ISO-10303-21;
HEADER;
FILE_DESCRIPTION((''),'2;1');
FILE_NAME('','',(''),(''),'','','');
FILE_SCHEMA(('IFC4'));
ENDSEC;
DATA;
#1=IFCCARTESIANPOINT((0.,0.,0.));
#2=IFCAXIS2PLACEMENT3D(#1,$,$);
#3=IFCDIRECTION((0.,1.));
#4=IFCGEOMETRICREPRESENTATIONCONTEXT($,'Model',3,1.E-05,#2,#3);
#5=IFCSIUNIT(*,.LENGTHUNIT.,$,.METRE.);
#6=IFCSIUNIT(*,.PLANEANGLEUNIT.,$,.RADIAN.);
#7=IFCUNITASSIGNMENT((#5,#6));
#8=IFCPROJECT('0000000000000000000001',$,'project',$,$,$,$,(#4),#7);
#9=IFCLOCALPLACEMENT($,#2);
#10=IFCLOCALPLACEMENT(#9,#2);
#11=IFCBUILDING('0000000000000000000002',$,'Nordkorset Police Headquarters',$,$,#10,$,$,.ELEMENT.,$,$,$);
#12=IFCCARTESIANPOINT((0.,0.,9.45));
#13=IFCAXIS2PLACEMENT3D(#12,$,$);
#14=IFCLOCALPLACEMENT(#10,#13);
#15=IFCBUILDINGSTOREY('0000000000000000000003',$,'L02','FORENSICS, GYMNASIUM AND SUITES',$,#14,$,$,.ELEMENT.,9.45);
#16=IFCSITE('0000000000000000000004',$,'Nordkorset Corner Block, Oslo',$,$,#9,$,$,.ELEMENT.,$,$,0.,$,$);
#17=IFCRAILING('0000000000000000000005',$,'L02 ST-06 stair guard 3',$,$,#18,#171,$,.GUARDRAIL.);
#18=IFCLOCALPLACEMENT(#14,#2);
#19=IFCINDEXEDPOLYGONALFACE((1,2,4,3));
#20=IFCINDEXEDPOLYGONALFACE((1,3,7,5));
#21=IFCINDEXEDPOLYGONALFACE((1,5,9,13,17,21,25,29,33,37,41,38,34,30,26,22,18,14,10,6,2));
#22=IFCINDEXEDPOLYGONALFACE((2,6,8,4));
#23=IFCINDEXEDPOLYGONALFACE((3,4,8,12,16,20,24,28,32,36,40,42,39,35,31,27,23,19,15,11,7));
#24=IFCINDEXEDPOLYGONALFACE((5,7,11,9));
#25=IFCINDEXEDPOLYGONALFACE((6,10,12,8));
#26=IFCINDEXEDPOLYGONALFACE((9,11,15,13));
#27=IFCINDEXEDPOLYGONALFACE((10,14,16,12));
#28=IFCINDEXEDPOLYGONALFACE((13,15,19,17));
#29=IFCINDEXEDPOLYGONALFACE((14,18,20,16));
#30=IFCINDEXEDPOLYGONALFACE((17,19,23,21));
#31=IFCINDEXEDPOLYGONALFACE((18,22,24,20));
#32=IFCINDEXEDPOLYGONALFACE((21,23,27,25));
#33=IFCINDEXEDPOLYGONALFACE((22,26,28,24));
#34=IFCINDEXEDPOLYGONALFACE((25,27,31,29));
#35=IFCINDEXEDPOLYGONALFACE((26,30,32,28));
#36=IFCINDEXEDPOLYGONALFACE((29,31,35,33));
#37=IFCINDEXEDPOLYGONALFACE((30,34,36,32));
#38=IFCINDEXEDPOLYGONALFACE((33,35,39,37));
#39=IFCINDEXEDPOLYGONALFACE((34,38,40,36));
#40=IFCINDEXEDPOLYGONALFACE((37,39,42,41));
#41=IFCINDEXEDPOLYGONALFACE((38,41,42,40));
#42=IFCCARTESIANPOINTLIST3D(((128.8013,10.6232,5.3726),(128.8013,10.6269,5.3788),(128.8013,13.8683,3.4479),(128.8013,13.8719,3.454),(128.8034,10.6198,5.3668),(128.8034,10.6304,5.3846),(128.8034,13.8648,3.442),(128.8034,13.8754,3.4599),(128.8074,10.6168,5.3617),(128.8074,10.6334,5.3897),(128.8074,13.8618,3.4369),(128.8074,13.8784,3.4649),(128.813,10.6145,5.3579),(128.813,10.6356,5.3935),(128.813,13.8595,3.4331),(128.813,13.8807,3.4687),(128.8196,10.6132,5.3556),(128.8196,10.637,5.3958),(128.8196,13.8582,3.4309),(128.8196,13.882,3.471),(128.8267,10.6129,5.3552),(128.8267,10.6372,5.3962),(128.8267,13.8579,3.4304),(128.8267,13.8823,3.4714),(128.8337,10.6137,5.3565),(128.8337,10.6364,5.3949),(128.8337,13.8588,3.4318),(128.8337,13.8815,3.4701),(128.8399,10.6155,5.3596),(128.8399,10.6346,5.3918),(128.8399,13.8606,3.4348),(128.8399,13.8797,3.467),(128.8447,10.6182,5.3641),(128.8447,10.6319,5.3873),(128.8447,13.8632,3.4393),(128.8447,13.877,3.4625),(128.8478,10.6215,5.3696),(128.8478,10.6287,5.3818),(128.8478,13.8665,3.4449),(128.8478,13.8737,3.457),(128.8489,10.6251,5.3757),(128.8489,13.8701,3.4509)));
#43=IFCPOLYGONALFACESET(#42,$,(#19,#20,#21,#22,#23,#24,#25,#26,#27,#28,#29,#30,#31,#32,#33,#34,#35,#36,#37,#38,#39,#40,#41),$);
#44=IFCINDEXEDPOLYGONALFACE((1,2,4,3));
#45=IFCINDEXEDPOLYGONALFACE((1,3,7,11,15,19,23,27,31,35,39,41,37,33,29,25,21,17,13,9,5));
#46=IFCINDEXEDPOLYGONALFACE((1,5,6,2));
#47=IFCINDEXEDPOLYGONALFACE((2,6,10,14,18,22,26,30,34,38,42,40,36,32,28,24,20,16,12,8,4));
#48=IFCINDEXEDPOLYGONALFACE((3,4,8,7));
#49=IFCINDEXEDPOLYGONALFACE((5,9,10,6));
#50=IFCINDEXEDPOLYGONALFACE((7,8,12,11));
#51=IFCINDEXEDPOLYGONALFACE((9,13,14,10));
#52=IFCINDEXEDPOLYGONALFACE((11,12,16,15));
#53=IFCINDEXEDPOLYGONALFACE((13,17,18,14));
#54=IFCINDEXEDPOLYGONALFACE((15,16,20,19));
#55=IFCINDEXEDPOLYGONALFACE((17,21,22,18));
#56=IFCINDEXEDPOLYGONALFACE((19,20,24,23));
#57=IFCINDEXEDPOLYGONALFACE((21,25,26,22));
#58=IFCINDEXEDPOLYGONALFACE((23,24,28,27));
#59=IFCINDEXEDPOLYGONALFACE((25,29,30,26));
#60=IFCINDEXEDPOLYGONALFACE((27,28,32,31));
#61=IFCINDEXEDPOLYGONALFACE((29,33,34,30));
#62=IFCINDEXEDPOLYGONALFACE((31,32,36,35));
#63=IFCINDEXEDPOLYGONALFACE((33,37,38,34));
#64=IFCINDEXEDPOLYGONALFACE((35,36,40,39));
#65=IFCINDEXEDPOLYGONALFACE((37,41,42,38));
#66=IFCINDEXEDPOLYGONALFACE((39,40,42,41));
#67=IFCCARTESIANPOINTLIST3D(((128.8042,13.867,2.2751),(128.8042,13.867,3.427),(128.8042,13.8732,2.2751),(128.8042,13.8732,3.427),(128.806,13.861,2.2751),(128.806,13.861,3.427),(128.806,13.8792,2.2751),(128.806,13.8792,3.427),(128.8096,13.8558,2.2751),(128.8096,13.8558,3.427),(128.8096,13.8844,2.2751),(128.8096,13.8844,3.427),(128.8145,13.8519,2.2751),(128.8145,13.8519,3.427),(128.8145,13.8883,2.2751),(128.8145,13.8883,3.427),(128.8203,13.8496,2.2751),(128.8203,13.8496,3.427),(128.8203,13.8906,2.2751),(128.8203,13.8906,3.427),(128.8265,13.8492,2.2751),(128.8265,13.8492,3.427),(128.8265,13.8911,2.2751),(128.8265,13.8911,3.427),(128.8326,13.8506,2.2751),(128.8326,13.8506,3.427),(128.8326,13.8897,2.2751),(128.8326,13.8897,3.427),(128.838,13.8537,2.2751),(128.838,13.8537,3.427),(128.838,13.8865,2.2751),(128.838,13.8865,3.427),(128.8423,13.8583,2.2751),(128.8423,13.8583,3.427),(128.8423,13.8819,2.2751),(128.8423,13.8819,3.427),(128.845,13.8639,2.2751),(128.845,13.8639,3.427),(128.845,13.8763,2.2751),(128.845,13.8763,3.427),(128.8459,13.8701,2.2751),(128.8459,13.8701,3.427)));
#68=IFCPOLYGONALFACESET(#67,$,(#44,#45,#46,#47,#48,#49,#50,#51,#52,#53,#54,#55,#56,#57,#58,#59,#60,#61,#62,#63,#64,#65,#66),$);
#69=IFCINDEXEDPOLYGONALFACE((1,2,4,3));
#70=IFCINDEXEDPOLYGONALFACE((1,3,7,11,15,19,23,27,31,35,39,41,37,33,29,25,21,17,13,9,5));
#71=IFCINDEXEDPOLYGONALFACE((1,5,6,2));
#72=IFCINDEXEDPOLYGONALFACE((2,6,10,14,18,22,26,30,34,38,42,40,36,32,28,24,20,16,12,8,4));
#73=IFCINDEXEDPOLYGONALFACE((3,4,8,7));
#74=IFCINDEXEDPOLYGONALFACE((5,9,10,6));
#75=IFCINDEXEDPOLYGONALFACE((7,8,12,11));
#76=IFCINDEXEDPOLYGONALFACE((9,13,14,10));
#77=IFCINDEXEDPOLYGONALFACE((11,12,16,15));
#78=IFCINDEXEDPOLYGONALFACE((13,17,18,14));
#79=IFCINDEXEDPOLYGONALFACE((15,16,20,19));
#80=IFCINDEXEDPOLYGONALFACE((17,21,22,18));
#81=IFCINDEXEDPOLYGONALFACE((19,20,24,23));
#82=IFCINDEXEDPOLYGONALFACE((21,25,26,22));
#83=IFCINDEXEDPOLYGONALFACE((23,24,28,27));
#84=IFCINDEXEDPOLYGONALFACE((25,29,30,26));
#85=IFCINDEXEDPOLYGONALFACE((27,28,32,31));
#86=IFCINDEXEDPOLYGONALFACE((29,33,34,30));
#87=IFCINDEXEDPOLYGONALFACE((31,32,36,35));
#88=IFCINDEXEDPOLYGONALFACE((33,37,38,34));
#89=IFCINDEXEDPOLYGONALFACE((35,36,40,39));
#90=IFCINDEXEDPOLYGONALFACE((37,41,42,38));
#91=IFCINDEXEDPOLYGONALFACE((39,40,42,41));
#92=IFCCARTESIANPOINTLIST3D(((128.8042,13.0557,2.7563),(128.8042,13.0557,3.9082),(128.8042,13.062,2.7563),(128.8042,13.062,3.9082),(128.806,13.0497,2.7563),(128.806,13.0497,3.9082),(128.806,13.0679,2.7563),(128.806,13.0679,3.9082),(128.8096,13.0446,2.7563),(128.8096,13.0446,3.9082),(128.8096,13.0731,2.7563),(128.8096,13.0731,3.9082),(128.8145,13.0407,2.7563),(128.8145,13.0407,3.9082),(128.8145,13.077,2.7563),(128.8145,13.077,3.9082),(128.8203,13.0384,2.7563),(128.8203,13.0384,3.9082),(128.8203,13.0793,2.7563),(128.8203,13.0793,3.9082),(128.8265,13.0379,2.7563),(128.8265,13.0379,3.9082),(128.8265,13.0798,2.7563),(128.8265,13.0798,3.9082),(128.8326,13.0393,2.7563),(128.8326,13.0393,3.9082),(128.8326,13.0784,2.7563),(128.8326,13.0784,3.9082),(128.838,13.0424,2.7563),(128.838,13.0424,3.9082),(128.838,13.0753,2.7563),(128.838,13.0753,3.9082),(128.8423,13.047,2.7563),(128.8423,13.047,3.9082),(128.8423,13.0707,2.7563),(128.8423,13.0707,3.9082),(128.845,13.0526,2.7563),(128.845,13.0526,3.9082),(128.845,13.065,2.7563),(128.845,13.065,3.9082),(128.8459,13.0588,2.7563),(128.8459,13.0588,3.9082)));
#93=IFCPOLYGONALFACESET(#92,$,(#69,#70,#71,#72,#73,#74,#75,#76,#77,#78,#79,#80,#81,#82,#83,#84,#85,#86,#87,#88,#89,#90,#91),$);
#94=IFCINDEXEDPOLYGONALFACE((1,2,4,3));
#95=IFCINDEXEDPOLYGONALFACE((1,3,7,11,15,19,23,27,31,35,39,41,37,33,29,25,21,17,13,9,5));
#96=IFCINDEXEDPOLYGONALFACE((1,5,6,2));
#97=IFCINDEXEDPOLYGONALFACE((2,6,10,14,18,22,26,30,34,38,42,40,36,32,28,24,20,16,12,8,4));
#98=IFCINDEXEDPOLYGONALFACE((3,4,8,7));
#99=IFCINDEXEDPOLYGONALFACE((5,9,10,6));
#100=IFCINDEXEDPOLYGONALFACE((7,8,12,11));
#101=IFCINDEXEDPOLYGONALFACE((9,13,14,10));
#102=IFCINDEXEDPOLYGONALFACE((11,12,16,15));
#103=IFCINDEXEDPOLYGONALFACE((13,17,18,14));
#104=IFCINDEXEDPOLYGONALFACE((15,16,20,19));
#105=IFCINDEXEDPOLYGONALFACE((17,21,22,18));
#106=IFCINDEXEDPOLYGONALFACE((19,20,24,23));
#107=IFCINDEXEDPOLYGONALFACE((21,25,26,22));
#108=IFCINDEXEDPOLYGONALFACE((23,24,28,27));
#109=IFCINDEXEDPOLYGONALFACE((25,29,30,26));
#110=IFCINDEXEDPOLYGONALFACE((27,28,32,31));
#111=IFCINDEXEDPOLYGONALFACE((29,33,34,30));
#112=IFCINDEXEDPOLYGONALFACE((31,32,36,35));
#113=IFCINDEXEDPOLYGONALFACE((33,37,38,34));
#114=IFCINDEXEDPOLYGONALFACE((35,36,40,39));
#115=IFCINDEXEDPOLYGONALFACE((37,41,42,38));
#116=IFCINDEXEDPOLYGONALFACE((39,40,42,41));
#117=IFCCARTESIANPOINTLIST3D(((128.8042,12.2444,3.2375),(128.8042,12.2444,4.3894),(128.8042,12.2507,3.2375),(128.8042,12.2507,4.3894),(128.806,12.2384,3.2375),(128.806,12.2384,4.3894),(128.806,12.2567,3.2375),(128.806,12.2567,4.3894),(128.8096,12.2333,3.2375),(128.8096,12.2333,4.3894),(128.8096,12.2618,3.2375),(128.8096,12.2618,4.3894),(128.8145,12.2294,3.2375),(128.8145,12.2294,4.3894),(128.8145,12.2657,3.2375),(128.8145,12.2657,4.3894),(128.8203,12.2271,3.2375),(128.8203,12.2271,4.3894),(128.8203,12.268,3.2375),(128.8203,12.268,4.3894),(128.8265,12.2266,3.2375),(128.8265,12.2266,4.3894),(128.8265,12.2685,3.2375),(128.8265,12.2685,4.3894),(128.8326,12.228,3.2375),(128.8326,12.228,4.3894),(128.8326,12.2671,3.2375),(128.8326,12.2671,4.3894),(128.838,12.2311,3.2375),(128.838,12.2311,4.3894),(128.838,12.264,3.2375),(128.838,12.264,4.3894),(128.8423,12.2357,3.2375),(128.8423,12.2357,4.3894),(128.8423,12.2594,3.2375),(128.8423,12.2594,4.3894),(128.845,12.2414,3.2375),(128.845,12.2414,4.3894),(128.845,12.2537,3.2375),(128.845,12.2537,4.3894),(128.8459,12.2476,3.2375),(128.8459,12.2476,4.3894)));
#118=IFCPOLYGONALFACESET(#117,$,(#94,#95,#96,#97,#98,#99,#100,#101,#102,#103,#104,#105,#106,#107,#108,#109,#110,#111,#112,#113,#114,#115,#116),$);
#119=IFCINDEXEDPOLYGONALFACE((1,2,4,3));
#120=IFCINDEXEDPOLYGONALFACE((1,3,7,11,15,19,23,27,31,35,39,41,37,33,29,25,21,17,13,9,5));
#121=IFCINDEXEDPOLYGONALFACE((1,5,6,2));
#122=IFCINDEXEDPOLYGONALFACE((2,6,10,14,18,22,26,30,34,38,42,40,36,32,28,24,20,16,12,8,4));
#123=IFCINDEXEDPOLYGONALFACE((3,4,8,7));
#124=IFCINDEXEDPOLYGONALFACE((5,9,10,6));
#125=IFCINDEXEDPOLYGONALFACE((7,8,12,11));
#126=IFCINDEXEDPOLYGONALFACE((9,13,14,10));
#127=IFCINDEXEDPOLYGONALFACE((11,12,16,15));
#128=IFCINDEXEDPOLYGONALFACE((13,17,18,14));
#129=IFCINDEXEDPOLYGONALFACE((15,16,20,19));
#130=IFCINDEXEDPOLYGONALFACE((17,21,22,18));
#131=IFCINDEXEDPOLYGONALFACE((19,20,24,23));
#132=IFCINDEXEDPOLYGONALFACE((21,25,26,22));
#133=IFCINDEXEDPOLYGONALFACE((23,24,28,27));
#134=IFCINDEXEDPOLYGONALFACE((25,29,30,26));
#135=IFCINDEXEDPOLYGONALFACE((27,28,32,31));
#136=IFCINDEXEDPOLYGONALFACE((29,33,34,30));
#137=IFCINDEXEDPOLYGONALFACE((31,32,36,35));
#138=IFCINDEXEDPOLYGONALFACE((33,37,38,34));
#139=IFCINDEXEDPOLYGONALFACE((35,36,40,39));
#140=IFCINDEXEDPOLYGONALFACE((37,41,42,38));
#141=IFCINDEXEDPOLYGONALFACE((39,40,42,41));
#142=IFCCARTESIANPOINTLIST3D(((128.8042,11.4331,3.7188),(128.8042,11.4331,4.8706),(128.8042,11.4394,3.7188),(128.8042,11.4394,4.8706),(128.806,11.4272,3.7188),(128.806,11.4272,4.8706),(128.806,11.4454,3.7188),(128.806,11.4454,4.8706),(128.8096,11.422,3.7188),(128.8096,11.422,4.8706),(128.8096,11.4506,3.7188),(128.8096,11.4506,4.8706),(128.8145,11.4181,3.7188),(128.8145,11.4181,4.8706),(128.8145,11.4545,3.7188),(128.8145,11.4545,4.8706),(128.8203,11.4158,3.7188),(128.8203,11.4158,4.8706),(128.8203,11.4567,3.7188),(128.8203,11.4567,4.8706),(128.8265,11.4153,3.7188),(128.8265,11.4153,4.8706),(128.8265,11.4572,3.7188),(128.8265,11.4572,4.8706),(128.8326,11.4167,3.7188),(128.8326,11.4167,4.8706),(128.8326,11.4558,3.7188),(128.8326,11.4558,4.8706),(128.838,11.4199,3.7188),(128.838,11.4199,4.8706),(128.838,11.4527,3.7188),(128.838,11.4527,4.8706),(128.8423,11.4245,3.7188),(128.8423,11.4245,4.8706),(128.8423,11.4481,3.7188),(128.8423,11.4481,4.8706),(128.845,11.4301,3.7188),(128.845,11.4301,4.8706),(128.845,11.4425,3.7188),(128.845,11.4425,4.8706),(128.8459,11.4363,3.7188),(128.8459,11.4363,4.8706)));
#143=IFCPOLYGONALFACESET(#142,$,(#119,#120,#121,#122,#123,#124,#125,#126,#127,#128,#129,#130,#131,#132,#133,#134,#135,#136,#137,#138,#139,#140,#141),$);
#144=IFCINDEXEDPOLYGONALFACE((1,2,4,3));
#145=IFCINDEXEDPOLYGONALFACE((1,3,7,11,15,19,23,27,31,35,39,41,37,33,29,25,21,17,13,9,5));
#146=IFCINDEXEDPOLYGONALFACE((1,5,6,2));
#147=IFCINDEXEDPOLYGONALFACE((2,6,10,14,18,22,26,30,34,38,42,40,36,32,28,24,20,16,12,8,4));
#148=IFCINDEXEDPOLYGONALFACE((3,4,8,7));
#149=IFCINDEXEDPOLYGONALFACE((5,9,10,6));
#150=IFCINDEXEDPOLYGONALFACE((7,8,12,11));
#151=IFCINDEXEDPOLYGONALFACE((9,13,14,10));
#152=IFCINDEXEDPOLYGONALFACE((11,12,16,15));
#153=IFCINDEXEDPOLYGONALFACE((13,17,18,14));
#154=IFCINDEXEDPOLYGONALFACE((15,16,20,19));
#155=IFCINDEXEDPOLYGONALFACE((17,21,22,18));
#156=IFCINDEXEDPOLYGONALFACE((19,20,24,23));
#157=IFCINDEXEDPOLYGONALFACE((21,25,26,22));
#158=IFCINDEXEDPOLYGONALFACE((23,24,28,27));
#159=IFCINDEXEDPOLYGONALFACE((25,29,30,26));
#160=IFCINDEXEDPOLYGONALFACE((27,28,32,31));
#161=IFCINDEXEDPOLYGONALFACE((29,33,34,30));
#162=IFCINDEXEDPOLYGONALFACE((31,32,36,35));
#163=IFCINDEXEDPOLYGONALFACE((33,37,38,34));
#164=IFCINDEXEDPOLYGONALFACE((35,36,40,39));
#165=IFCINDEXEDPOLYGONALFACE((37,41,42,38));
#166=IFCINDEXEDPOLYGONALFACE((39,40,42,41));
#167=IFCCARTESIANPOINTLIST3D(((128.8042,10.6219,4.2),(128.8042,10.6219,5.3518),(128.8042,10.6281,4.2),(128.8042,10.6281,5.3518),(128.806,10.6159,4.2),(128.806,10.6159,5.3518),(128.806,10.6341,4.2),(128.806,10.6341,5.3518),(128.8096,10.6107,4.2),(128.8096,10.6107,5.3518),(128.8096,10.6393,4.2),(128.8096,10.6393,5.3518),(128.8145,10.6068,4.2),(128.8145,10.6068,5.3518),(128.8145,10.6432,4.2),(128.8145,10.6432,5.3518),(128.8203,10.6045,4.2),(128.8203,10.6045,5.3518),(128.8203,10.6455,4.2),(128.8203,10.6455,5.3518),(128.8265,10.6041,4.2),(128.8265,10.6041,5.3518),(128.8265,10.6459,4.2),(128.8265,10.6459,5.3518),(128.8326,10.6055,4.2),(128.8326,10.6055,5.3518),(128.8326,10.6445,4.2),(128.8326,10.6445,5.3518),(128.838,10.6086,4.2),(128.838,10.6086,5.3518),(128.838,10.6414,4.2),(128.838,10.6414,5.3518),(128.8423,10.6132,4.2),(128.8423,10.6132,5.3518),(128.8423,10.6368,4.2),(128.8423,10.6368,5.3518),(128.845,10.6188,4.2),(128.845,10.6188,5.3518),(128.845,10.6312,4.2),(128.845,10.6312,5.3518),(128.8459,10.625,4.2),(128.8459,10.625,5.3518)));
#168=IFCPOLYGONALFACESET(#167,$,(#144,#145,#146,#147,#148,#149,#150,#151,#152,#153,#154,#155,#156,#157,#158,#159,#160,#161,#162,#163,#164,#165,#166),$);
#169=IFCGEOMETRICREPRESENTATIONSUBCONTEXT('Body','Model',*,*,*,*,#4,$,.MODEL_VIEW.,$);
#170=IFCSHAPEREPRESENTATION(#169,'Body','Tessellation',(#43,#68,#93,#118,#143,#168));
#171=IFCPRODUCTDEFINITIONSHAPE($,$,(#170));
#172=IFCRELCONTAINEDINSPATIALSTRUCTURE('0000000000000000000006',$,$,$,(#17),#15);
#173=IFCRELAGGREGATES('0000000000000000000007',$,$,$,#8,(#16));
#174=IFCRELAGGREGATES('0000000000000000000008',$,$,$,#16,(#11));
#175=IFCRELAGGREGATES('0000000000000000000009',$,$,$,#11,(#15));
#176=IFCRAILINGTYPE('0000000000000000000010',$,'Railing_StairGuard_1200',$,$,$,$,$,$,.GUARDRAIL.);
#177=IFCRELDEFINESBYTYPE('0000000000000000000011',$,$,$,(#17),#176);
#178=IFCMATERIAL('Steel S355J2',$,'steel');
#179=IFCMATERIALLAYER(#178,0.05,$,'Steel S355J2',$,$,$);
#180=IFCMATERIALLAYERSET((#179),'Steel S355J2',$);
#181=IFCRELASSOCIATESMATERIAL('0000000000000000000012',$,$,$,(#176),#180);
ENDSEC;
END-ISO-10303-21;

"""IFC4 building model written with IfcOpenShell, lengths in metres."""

from ifc_helpers import new_model, si_unit, direction, frame, origin, origin_2d, place, context, subcontext, project, spatial, circle, extrude, material, layer, layer_set, type_object, element, save


model = new_model("IFC4")

# Units and contexts
model_context = context("Model", 3, precision=1e-05, world=origin(), true_north=direction((0.0, 1.0)))
body_context = subcontext(model_context, "Body", "Model", "MODEL_VIEW")
ifc_project = project(units=[si_unit("LENGTHUNIT", "METRE"), si_unit("PLANEANGLEUNIT", "RADIAN")], contexts=[model_context])

# Site, building, storey
site_placement = place(None, origin())
site = spatial("IfcSite", under=ifc_project, at=site_placement, Name="Nordkorset Corner Block, Oslo", CompositionType="ELEMENT", RefElevation=0.0)
building_placement = place(site_placement, origin())
building = spatial("IfcBuilding", under=site, at=building_placement, Name="Nordkorset Police Headquarters", CompositionType="ELEMENT")
storey_placement = place(building_placement, frame((0.0, 0.0, 9.45)))
storey = spatial("IfcBuildingStorey", under=building, at=storey_placement, Name="L02", Description="FORENSICS, GYMNASIUM AND SUITES", CompositionType="ELEMENT", Elevation=9.45)

# Railing
ifc_material_1 = material(Name="Steel S355J2", Category="steel")
ifc_layer_1 = layer(ifc_material_1, 0.05, Name="Steel S355J2")
ifc_layer_set_1 = layer_set([ifc_layer_1], Name="Steel S355J2")
railing_type_1 = type_object("IfcRailingType", Name="Railing_StairGuard_1200", PredefinedType="GUARDRAIL", material=ifc_layer_set_1)
railing_1_placement = place(storey_placement, frame((128.825, 13.8701, 2.2751)))
element("IfcRailing", 1, at=railing_1_placement, inside=storey, type_object=railing_type_1, Name="L02 ST-06 stair guard 3", PredefinedType="GUARDRAIL", context=body_context, shape_type="SweptSolid", body=[
    extrude(circle(Radius=0.0239, at=origin_2d()), frame((0.0, 0.0, 1.1758), z_axis=(0.0, -0.860085, 0.51015), x_axis=(1.0, 0.0, 0.0)), (0.0, 0.0, 1.0), 3.7729),
    extrude(circle(Radius=0.021, at=origin_2d()), origin(), (0.0, 0.0, 1.0), 1.1519),
    extrude(circle(Radius=0.021, at=origin_2d()), frame((0.0, -0.8113, 0.4812)), (0.0, 0.0, 1.0), 1.1519),
    extrude(circle(Radius=0.021, at=origin_2d()), frame((0.0, -1.6226, 0.9624)), (0.0, 0.0, 1.0), 1.1519),
    extrude(circle(Radius=0.021, at=origin_2d()), frame((0.0, -2.4338, 1.4436)), (0.0, 0.0, 1.0), 1.1519),
    extrude(circle(Radius=0.021, at=origin_2d()), frame((0.0, -3.2451, 1.9248)), (0.0, 0.0, 1.0), 1.1519),
])

save(model, "model.ifc")
